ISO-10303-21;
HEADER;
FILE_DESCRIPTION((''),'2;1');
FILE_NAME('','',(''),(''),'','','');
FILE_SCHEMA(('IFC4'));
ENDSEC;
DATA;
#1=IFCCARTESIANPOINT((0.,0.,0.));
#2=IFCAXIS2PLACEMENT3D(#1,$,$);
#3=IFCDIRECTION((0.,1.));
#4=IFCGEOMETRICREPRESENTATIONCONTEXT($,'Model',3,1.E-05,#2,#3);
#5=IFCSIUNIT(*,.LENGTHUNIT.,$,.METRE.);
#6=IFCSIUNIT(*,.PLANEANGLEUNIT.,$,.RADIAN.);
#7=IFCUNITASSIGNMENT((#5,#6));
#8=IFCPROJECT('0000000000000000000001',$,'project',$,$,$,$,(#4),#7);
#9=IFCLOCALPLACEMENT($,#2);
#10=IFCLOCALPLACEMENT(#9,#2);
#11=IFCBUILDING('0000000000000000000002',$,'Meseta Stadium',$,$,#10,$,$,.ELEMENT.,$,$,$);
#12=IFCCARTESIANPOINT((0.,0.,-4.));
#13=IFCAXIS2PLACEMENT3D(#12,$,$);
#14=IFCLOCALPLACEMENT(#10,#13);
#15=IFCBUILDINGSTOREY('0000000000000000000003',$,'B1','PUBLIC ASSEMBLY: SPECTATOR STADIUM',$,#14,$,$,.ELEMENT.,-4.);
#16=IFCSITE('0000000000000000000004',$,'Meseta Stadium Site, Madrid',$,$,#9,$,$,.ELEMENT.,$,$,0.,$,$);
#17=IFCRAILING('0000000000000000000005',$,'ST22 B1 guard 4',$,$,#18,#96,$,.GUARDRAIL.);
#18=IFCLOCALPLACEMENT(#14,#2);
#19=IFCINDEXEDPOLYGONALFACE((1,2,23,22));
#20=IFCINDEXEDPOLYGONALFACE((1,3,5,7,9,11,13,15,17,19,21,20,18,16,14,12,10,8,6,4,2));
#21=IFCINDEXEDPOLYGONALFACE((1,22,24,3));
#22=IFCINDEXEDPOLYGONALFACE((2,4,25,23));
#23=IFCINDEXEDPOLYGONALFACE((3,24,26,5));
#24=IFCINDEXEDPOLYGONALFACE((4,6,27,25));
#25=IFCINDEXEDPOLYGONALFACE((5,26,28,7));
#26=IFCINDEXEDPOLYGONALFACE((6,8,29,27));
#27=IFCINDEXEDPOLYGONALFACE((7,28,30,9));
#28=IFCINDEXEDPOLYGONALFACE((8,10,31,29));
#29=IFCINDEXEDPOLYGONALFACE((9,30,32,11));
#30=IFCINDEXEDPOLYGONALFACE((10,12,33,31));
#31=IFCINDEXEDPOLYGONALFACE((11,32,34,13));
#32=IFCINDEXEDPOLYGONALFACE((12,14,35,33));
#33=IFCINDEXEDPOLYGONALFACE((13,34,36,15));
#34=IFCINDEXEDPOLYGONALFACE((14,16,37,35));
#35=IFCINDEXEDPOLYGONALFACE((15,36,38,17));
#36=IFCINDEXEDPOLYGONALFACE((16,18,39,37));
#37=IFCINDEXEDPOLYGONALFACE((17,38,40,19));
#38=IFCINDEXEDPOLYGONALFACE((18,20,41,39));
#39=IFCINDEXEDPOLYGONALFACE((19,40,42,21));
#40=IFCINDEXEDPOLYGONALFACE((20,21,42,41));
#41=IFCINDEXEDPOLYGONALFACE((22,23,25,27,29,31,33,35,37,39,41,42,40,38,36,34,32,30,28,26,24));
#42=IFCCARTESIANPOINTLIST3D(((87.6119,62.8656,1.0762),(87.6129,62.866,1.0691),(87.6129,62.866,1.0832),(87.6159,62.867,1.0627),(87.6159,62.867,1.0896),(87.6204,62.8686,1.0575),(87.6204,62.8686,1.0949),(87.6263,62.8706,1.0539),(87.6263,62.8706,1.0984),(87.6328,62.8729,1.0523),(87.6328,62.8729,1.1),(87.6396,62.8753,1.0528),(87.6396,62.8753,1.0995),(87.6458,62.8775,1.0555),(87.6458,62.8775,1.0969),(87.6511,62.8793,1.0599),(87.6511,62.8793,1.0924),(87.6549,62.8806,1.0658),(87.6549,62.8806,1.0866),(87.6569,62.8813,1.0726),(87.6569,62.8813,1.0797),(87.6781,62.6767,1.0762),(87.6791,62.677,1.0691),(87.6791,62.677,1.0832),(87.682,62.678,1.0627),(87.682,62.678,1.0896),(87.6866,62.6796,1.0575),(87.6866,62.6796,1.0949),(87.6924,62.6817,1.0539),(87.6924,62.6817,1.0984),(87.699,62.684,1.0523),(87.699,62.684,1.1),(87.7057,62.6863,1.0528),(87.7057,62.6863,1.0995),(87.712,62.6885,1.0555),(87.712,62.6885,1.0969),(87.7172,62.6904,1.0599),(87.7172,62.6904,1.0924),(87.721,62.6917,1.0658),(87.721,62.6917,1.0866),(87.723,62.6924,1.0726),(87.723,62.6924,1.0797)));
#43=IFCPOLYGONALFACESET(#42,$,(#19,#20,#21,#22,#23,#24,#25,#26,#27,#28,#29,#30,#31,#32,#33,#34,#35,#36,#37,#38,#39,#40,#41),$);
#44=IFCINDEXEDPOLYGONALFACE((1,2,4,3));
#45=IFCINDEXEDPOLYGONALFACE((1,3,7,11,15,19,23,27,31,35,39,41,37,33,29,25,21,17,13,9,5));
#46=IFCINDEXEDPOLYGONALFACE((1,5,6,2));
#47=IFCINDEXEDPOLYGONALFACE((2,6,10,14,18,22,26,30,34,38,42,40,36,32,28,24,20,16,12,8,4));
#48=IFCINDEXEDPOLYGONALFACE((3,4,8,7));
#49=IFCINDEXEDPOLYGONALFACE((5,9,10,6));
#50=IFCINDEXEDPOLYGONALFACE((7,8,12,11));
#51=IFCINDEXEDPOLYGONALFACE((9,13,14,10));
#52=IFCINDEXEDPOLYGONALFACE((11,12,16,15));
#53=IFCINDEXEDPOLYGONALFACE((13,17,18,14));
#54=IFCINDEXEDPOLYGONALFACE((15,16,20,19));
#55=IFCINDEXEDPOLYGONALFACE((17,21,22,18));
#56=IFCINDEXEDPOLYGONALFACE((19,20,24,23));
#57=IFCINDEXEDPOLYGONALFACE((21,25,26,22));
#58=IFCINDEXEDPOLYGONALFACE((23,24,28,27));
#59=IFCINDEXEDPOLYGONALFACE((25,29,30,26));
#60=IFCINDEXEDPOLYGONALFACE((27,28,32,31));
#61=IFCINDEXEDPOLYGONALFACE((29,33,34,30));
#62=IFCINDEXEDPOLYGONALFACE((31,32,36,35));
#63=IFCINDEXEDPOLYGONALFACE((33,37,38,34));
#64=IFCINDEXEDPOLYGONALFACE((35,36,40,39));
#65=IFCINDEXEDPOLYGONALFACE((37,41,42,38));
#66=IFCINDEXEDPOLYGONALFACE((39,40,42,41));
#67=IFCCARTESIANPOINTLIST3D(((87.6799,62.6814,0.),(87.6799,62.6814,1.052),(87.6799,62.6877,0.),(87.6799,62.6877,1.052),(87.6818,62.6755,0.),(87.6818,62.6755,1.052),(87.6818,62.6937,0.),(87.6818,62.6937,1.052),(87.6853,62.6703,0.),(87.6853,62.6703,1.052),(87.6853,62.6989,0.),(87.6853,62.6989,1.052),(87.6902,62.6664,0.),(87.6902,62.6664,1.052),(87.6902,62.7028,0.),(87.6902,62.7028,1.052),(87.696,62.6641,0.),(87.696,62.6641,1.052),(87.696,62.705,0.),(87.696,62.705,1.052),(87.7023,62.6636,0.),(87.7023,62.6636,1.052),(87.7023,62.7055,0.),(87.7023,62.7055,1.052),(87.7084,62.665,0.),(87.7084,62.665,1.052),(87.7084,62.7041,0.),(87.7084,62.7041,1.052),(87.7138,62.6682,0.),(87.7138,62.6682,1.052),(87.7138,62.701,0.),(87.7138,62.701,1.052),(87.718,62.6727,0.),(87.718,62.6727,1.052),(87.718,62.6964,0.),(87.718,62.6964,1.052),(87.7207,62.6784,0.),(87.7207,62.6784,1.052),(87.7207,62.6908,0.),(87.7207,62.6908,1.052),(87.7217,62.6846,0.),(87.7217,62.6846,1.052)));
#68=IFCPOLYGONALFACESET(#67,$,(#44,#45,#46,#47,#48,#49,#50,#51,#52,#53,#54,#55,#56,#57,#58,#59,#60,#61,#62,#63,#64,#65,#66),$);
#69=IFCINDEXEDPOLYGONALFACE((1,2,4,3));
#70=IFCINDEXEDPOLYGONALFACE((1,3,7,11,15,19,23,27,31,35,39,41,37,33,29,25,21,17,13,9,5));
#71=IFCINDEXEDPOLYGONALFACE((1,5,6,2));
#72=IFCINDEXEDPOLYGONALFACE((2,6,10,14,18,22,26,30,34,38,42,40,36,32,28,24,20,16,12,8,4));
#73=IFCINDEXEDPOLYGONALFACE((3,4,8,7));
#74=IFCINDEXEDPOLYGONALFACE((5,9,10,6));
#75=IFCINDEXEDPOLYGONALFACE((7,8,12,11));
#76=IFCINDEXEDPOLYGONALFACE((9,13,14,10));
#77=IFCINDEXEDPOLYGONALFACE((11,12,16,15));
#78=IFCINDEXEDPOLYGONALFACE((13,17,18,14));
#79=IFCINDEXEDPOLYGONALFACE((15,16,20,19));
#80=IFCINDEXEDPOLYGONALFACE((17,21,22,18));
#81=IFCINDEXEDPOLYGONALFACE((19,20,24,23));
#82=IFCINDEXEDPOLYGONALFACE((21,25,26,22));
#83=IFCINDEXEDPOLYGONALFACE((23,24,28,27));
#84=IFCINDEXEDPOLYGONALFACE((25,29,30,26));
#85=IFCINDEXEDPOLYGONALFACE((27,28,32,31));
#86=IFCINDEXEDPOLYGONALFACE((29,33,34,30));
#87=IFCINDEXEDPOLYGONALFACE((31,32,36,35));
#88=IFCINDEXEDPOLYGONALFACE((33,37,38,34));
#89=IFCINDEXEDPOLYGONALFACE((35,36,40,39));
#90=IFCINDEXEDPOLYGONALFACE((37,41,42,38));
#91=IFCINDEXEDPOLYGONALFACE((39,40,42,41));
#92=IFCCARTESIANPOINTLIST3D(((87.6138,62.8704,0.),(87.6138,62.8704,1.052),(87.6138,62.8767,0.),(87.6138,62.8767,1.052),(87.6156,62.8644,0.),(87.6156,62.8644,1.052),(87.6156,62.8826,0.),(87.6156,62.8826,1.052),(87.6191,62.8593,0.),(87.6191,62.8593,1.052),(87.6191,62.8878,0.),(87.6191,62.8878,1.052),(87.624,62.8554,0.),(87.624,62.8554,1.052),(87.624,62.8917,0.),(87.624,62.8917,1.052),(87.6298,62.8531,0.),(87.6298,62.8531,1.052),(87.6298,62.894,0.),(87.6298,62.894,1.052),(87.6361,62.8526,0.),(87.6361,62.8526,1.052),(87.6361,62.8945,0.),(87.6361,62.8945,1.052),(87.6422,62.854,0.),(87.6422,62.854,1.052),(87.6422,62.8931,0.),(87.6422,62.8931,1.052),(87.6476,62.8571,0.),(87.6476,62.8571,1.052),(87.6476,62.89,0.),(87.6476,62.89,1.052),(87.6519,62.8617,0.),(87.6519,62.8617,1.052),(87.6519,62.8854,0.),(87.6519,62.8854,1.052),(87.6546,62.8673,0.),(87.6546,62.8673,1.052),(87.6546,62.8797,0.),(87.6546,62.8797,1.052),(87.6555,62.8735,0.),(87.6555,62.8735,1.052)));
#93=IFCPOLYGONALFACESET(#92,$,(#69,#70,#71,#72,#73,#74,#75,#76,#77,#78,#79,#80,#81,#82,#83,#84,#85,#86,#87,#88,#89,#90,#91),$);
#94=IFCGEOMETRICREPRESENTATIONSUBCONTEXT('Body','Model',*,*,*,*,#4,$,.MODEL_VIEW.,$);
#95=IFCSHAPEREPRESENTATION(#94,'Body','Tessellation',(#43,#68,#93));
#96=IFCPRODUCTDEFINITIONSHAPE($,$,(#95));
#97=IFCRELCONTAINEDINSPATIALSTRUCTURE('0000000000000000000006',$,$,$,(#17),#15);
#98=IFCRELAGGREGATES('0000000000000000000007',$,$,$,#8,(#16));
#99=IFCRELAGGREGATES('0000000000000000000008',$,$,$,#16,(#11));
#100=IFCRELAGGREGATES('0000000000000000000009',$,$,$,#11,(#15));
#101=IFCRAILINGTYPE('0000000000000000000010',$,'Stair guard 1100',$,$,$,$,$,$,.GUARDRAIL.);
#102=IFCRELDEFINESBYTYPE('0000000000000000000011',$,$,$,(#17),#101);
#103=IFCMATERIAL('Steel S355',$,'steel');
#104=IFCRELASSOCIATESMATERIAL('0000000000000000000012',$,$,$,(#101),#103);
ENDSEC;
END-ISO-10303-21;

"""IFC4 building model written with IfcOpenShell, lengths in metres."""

from ifc_helpers import new_model, si_unit, direction, frame, origin, origin_2d, place, context, subcontext, project, spatial, circle, extrude, material, type_object, element, save


model = new_model("IFC4")

# Units and contexts
model_context = context("Model", 3, precision=1e-05, world=origin(), true_north=direction((0.0, 1.0)))
body_context = subcontext(model_context, "Body", "Model", "MODEL_VIEW")
ifc_project = project(units=[si_unit("LENGTHUNIT", "METRE"), si_unit("PLANEANGLEUNIT", "RADIAN")], contexts=[model_context])

# Site, building, storey
site_placement = place(None, origin())
site = spatial("IfcSite", under=ifc_project, at=site_placement, Name="Meseta Stadium Site, Madrid", CompositionType="ELEMENT", RefElevation=0.0)
building_placement = place(site_placement, origin())
building = spatial("IfcBuilding", under=site, at=building_placement, Name="Meseta Stadium", CompositionType="ELEMENT")
storey_placement = place(building_placement, frame((0.0, 0.0, -4.0)))
storey = spatial("IfcBuildingStorey", under=building, at=storey_placement, Name="B1", Description="PUBLIC ASSEMBLY: SPECTATOR STADIUM", CompositionType="ELEMENT", Elevation=-4.0)

# Railing
ifc_material_1 = material(Name="Steel S355", Category="steel")
railing_type_1 = type_object("IfcRailingType", Name="Stair guard 1100", PredefinedType="GUARDRAIL", material=ifc_material_1)
railing_1_placement = place(storey_placement, frame((87.7007, 62.6846, 0.0)))
element("IfcRailing", 1, at=railing_1_placement, inside=storey, type_object=railing_type_1, Name="ST22 B1 guard 4", PredefinedType="GUARDRAIL", context=body_context, shape_type="SweptSolid", body=[
    extrude(circle(Radius=0.0239, at=origin_2d()), frame((0.0, 0.0, 1.0762), z_axis=(-0.330459, 0.94382, 0.0), x_axis=(-0.94382, -0.330459, 0.0)), (0.0, 0.0, 1.0), 0.2002),
    extrude(circle(Radius=0.021, at=origin_2d()), origin(), (0.0, 0.0, 1.0), 1.052),
    extrude(circle(Radius=0.021, at=origin_2d()), frame((-0.0662, 0.189, 0.0)), (0.0, 0.0, 1.0), 1.052),
])

save(model, "model.ifc")
